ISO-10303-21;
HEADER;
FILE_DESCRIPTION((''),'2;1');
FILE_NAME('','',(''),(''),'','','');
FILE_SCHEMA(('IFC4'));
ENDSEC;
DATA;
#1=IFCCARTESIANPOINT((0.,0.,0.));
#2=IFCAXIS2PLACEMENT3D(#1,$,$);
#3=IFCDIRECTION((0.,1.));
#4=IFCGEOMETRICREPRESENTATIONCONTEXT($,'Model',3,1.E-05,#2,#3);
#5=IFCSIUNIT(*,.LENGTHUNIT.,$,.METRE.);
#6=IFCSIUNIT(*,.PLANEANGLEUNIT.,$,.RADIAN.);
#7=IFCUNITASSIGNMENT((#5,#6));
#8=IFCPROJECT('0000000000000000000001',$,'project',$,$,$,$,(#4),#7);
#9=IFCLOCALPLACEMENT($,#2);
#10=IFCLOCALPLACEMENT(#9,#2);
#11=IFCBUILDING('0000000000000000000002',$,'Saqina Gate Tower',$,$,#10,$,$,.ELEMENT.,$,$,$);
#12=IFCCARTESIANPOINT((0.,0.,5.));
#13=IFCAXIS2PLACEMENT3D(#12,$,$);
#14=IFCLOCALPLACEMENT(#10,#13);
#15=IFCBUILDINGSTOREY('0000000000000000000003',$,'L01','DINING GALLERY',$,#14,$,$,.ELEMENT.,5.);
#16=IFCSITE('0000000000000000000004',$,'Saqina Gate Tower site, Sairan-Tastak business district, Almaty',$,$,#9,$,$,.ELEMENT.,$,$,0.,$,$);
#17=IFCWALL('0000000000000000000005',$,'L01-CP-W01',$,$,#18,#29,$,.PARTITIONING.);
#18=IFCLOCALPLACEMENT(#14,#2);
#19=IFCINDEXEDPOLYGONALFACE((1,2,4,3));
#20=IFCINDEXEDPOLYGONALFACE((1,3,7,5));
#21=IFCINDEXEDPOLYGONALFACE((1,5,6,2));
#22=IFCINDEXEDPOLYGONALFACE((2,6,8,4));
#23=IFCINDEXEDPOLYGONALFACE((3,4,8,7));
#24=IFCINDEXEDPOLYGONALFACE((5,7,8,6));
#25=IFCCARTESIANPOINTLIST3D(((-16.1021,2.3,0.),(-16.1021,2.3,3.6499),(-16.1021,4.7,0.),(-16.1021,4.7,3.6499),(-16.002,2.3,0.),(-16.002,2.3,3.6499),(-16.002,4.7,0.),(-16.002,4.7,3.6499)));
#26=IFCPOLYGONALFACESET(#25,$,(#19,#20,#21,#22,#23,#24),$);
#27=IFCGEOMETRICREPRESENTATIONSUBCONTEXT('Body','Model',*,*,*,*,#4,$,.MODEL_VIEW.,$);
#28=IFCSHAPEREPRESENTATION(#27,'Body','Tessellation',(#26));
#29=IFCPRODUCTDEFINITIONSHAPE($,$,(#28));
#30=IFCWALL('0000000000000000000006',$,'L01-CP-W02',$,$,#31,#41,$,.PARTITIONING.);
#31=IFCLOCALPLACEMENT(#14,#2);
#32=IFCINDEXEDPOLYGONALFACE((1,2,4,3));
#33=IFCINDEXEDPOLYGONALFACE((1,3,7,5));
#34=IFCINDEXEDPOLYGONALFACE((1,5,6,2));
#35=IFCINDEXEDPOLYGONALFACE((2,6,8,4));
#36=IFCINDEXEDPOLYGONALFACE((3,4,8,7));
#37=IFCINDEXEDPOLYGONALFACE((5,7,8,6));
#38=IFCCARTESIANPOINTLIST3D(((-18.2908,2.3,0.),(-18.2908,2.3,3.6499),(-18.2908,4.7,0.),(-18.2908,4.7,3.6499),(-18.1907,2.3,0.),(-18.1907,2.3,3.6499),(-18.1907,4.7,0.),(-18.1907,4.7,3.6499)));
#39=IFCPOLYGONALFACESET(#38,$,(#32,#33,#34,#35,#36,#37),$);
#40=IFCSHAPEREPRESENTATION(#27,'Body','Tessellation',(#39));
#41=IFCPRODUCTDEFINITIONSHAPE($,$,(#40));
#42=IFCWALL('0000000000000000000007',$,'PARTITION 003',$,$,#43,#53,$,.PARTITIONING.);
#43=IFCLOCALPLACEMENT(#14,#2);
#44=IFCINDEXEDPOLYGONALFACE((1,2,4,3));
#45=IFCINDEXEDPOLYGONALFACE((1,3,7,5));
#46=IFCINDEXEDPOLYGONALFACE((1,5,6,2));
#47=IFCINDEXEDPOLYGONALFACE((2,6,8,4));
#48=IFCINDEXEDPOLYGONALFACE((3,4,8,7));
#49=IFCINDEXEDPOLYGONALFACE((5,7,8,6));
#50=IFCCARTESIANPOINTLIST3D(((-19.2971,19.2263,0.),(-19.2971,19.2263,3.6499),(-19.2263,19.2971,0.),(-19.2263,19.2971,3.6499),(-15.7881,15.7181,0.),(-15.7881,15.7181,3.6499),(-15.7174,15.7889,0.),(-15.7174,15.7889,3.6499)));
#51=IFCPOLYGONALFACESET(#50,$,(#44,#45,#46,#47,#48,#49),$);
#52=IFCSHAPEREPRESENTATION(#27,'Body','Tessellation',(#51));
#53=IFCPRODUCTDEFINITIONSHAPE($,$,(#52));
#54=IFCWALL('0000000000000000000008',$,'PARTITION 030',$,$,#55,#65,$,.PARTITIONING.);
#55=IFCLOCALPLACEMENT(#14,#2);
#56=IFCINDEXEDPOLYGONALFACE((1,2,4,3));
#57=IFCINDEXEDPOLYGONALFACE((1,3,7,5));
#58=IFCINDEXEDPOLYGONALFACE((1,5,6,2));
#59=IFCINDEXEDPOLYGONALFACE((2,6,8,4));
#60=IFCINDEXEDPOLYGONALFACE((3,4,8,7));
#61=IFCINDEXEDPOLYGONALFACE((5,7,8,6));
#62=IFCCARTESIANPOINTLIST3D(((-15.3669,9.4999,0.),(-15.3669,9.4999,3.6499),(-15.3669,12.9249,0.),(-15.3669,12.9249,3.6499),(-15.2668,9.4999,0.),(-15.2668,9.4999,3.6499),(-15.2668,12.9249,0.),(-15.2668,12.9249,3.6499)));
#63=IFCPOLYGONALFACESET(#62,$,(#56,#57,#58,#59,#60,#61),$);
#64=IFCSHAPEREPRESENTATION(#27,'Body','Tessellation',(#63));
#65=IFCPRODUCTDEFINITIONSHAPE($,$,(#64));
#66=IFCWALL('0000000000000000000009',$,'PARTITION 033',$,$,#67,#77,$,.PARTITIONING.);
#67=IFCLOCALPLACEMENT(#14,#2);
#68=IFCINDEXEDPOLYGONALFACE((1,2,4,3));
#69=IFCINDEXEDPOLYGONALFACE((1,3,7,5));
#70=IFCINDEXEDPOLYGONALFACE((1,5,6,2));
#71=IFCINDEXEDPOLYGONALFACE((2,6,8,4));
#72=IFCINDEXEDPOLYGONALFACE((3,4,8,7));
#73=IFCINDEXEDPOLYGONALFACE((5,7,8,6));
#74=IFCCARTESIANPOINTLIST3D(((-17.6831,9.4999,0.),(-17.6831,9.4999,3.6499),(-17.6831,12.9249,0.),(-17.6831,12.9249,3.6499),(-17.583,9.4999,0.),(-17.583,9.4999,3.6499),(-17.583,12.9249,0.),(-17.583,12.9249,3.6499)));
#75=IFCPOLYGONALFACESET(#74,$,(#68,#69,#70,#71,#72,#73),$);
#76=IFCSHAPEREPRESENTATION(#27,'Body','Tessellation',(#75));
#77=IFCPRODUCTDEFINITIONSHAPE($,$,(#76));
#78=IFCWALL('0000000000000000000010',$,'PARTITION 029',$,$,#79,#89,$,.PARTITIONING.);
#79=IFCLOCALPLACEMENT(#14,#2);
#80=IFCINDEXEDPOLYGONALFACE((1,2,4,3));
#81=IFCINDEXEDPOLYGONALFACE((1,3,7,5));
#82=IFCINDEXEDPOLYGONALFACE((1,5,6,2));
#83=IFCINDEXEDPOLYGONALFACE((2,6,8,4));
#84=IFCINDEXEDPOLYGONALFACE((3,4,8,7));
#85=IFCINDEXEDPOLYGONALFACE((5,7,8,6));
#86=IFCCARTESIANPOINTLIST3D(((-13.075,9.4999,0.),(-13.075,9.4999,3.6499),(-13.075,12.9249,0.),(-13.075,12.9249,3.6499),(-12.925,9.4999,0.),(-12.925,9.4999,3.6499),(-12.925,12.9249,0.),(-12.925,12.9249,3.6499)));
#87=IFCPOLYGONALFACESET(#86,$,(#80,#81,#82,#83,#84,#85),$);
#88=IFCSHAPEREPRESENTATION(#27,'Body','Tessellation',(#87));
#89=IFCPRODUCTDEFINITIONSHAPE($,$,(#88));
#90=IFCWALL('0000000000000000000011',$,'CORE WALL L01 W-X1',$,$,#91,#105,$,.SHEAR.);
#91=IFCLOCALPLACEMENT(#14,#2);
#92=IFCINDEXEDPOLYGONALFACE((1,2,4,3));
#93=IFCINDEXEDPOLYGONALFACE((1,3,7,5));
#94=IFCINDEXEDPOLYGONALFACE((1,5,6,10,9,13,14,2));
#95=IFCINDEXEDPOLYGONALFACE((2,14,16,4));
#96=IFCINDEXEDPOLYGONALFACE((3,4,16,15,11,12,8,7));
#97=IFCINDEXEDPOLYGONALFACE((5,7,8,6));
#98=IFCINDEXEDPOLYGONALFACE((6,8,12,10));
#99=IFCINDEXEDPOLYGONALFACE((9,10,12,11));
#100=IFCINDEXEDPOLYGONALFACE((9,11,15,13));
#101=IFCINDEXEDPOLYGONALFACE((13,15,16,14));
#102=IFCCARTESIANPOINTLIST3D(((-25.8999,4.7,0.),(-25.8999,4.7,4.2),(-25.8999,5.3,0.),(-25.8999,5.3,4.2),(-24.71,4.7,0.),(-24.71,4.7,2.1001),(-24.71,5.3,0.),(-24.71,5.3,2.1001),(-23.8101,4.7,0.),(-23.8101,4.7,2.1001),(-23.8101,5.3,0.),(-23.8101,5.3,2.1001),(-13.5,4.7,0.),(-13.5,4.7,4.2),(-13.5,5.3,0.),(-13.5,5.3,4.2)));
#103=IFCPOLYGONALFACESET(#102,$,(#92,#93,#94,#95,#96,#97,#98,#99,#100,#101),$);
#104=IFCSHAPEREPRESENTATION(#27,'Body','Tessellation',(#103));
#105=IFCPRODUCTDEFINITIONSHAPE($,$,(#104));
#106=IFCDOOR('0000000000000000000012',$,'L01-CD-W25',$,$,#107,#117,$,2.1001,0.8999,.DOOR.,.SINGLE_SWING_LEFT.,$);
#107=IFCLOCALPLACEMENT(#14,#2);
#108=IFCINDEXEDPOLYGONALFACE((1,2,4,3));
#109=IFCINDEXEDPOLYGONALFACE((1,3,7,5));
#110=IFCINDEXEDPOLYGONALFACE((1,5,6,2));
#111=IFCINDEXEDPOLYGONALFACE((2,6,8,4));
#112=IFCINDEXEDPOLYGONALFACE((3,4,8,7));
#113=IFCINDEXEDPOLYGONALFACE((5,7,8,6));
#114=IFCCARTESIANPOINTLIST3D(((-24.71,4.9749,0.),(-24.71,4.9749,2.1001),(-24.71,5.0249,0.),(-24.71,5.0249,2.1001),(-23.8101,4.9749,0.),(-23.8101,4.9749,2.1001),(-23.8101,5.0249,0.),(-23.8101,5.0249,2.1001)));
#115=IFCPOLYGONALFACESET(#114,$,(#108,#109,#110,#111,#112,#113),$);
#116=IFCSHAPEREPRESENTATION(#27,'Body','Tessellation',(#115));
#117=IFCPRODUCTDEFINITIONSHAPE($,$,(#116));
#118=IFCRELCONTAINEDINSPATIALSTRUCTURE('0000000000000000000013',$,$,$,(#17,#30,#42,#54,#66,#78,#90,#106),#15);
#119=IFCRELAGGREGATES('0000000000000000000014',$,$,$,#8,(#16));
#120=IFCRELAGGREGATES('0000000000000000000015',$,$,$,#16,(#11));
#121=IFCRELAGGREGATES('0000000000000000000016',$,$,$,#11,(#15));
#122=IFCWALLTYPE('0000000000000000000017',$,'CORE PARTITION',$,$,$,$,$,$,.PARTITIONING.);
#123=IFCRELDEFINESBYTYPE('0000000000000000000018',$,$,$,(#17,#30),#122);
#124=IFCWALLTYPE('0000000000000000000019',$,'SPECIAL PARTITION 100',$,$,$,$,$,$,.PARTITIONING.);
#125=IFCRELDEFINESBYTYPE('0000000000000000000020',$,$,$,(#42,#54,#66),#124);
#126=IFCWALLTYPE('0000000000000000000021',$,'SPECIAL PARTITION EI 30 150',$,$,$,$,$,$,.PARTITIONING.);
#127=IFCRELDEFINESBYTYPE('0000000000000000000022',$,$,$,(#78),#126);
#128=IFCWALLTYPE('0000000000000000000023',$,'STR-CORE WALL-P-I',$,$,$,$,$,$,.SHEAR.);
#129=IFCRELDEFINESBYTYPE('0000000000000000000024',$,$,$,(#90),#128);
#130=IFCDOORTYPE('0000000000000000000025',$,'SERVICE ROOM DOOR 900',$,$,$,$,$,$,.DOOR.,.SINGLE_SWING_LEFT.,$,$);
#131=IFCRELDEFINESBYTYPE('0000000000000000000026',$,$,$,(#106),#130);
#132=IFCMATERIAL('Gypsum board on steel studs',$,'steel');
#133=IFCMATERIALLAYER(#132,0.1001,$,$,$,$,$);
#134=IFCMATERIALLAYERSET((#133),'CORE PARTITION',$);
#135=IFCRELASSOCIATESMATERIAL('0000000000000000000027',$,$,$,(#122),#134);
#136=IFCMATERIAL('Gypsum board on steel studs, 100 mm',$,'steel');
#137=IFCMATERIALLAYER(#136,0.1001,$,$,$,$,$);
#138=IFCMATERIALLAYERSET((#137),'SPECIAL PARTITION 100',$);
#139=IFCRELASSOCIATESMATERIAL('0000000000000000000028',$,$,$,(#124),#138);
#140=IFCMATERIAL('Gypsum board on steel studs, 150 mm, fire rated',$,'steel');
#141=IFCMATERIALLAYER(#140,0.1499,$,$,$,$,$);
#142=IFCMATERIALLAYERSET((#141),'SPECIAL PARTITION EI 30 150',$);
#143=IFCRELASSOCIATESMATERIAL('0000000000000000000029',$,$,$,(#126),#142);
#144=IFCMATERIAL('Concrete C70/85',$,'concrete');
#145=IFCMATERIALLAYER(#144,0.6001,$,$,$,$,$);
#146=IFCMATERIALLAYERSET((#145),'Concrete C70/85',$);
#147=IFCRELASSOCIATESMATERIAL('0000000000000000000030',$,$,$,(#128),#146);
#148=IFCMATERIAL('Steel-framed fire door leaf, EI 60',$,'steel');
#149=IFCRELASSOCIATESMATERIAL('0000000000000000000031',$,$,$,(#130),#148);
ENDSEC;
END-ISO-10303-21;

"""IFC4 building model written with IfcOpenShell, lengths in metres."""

from ifc_helpers import new_model, si_unit, direction, frame, frame_2d, origin, place, context, subcontext, project, spatial, rectangle, extrude, material, layer, layer_set, type_object, element, fill, save


model = new_model("IFC4")

# Units and contexts
model_context = context("Model", 3, precision=1e-05, world=origin(), true_north=direction((0.0, 1.0)))
body_context = subcontext(model_context, "Body", "Model", "MODEL_VIEW")
ifc_project = project(units=[si_unit("LENGTHUNIT", "METRE"), si_unit("PLANEANGLEUNIT", "RADIAN")], contexts=[model_context])

# Site, building, storey
site_placement = place(None, origin())
site = spatial("IfcSite", under=ifc_project, at=site_placement, Name="Saqina Gate Tower site, Sairan-Tastak business district, Almaty", CompositionType="ELEMENT", RefElevation=0.0)
building_placement = place(site_placement, origin())
building = spatial("IfcBuilding", under=site, at=building_placement, Name="Saqina Gate Tower", CompositionType="ELEMENT")
storey_placement = place(building_placement, frame((0.0, 0.0, 5.0)))
storey = spatial("IfcBuildingStorey", under=building, at=storey_placement, Name="L01", Description="DINING GALLERY", CompositionType="ELEMENT", Elevation=5.0)

# Walls
ifc_material_1 = material(Name="Gypsum board on steel studs", Category="steel")
ifc_layer_1 = layer(ifc_material_1, 0.1001)
ifc_layer_set_1 = layer_set([ifc_layer_1], Name="CORE PARTITION")
wall_type_1 = type_object("IfcWallType", Name="CORE PARTITION", PredefinedType="PARTITIONING", material=ifc_layer_set_1)
for number, where, z_axis, x_axis, name in (
    (1, (-16.052, 2.3, 0.0), (0.0, 0.0, 1.0), (0.0, 1.0, 0.0), "L01-CP-W01"),
    (2, (-18.2407, 2.3, 0.0), (0.0, 0.0, 1.0), (0.0, 1.0, 0.0), "L01-CP-W02"),
):
    element("IfcWall", number, at=place(storey_placement, frame(where, z_axis=z_axis, x_axis=x_axis)), inside=storey, type_object=wall_type_1, Name=name, PredefinedType="PARTITIONING", context=body_context, shape_type="SweptSolid", body=[
        extrude(rectangle(XDim=2.3999, YDim=0.1001, at=frame_2d((1.2, 0.0))), origin(), (0.0, 0.0, 1.0), 3.6499),
    ])
ifc_material_2 = material(Name="Gypsum board on steel studs, 100 mm", Category="steel")
ifc_layer_2 = layer(ifc_material_2, 0.1001)
ifc_layer_set_2 = layer_set([ifc_layer_2], Name="SPECIAL PARTITION 100")
wall_type_2 = type_object("IfcWallType", Name="SPECIAL PARTITION 100", PredefinedType="PARTITIONING", material=ifc_layer_set_2)
wall_1_placement = place(storey_placement, frame((-19.2617, 19.2617, 0.0), z_axis=(0.0, 0.0, 1.0), x_axis=(0.707181, -0.707033, 0.0)))
element("IfcWall", 3, at=wall_1_placement, inside=storey, type_object=wall_type_2, Name="PARTITION 003", PredefinedType="PARTITIONING", context=body_context, shape_type="SweptSolid", body=[
    extrude(rectangle(XDim=4.9619, YDim=0.1001, at=frame_2d((2.481, 0.0))), origin(), (0.0, 0.0, 1.0), 3.6499),
])
for number, where, z_axis, x_axis, name in (
    (4, (-15.3169, 9.5, 0.0), (0.0, 0.0, 1.0), (0.0, 1.0, 0.0), "PARTITION 030"),
    (5, (-17.6331, 9.5, 0.0), (0.0, 0.0, 1.0), (0.0, 1.0, 0.0), "PARTITION 033"),
):
    element("IfcWall", number, at=place(storey_placement, frame(where, z_axis=z_axis, x_axis=x_axis)), inside=storey, type_object=wall_type_2, Name=name, PredefinedType="PARTITIONING", context=body_context, shape_type="SweptSolid", body=[
        extrude(rectangle(XDim=3.425, YDim=0.1001, at=frame_2d((1.7124, 0.0))), origin(), (0.0, 0.0, 1.0), 3.6499),
    ])
ifc_material_3 = material(Name="Gypsum board on steel studs, 150 mm, fire rated", Category="steel")
ifc_layer_3 = layer(ifc_material_3, 0.1499)
ifc_layer_set_3 = layer_set([ifc_layer_3], Name="SPECIAL PARTITION EI 30 150")
wall_type_3 = type_object("IfcWallType", Name="SPECIAL PARTITION EI 30 150", PredefinedType="PARTITIONING", material=ifc_layer_set_3)
wall_2_placement = place(storey_placement, frame((-13.0, 9.5, 0.0), z_axis=(0.0, 0.0, 1.0), x_axis=(0.0, 1.0, 0.0)))
element("IfcWall", 6, at=wall_2_placement, inside=storey, type_object=wall_type_3, Name="PARTITION 029", PredefinedType="PARTITIONING", context=body_context, shape_type="SweptSolid", body=[
    extrude(rectangle(XDim=3.425, YDim=0.1499, at=frame_2d((1.7124, 0.0))), origin(), (0.0, 0.0, 1.0), 3.6499),
])

# Wall, opening, door
ifc_material_4 = material(Name="Concrete C70/85", Category="concrete")
ifc_layer_4 = layer(ifc_material_4, 0.6001)
ifc_layer_set_4 = layer_set([ifc_layer_4], Name="Concrete C70/85")
wall_type_4 = type_object("IfcWallType", Name="STR-CORE WALL-P-I", PredefinedType="SHEAR", material=ifc_layer_set_4)
wall_3_placement = place(storey_placement, frame((-13.5, 5.0, 0.0), z_axis=(0.0, 0.0, 1.0), x_axis=(-1.0, 0.0, 0.0)))
wall_3 = element("IfcWall", 7, at=wall_3_placement, inside=storey, type_object=wall_type_4, Name="CORE WALL L01 W-X1", PredefinedType="SHEAR", context=body_context, shape_type="SweptSolid", body=[
    extrude(rectangle(XDim=12.3999, YDim=0.6001, at=frame_2d((6.2, 0.0))), origin(), (0.0, 0.0, 1.0), 4.2),
])
opening_1_placement = place(wall_3_placement, frame((10.3101, 0.0, 0.0)))
opening_1 = element("IfcOpeningElement", 8, at=opening_1_placement, cuts=wall_3, PredefinedType="OPENING", context=body_context, shape_type="SweptSolid", body=[
    extrude(rectangle(XDim=0.8999, YDim=2.1001, at=frame_2d((0.45, 1.05))), frame((0.0, 0.312, 0.0), z_axis=(0.0, -1.0, 0.0), x_axis=(1.0, 0.0, 0.0)), (0.0, 0.0, 1.0), 0.624),
])
ifc_material_5 = material(Name="Steel-framed fire door leaf, EI 60", Category="steel")
door_type_1 = type_object("IfcDoorType", Name="SERVICE ROOM DOOR 900", OperationType="SINGLE_SWING_LEFT", PredefinedType="DOOR", material=ifc_material_5)
door_1_placement = place(opening_1_placement, frame((0.8999, 0.0, 0.0), z_axis=(0.0, 0.0, 1.0), x_axis=(-1.0, 0.0, 0.0)))
door_1 = element("IfcDoor", 9, at=door_1_placement, inside=storey, type_object=door_type_1, Name="L01-CD-W25", OperationType="SINGLE_SWING_LEFT", OverallHeight=2.1001, OverallWidth=0.8999, PredefinedType="DOOR", context=body_context, shape_type="SweptSolid", body=[
    extrude(rectangle(XDim=0.8999, YDim=2.1001, at=frame_2d((0.45, 1.05))), frame((0.0, 0.0249, 0.0), z_axis=(0.0, -1.0, 0.0), x_axis=(1.0, 0.0, 0.0)), (0.0, 0.0, 1.0), 0.05),
])
fill(opening_1, door_1)

save(model, "model.ifc")
